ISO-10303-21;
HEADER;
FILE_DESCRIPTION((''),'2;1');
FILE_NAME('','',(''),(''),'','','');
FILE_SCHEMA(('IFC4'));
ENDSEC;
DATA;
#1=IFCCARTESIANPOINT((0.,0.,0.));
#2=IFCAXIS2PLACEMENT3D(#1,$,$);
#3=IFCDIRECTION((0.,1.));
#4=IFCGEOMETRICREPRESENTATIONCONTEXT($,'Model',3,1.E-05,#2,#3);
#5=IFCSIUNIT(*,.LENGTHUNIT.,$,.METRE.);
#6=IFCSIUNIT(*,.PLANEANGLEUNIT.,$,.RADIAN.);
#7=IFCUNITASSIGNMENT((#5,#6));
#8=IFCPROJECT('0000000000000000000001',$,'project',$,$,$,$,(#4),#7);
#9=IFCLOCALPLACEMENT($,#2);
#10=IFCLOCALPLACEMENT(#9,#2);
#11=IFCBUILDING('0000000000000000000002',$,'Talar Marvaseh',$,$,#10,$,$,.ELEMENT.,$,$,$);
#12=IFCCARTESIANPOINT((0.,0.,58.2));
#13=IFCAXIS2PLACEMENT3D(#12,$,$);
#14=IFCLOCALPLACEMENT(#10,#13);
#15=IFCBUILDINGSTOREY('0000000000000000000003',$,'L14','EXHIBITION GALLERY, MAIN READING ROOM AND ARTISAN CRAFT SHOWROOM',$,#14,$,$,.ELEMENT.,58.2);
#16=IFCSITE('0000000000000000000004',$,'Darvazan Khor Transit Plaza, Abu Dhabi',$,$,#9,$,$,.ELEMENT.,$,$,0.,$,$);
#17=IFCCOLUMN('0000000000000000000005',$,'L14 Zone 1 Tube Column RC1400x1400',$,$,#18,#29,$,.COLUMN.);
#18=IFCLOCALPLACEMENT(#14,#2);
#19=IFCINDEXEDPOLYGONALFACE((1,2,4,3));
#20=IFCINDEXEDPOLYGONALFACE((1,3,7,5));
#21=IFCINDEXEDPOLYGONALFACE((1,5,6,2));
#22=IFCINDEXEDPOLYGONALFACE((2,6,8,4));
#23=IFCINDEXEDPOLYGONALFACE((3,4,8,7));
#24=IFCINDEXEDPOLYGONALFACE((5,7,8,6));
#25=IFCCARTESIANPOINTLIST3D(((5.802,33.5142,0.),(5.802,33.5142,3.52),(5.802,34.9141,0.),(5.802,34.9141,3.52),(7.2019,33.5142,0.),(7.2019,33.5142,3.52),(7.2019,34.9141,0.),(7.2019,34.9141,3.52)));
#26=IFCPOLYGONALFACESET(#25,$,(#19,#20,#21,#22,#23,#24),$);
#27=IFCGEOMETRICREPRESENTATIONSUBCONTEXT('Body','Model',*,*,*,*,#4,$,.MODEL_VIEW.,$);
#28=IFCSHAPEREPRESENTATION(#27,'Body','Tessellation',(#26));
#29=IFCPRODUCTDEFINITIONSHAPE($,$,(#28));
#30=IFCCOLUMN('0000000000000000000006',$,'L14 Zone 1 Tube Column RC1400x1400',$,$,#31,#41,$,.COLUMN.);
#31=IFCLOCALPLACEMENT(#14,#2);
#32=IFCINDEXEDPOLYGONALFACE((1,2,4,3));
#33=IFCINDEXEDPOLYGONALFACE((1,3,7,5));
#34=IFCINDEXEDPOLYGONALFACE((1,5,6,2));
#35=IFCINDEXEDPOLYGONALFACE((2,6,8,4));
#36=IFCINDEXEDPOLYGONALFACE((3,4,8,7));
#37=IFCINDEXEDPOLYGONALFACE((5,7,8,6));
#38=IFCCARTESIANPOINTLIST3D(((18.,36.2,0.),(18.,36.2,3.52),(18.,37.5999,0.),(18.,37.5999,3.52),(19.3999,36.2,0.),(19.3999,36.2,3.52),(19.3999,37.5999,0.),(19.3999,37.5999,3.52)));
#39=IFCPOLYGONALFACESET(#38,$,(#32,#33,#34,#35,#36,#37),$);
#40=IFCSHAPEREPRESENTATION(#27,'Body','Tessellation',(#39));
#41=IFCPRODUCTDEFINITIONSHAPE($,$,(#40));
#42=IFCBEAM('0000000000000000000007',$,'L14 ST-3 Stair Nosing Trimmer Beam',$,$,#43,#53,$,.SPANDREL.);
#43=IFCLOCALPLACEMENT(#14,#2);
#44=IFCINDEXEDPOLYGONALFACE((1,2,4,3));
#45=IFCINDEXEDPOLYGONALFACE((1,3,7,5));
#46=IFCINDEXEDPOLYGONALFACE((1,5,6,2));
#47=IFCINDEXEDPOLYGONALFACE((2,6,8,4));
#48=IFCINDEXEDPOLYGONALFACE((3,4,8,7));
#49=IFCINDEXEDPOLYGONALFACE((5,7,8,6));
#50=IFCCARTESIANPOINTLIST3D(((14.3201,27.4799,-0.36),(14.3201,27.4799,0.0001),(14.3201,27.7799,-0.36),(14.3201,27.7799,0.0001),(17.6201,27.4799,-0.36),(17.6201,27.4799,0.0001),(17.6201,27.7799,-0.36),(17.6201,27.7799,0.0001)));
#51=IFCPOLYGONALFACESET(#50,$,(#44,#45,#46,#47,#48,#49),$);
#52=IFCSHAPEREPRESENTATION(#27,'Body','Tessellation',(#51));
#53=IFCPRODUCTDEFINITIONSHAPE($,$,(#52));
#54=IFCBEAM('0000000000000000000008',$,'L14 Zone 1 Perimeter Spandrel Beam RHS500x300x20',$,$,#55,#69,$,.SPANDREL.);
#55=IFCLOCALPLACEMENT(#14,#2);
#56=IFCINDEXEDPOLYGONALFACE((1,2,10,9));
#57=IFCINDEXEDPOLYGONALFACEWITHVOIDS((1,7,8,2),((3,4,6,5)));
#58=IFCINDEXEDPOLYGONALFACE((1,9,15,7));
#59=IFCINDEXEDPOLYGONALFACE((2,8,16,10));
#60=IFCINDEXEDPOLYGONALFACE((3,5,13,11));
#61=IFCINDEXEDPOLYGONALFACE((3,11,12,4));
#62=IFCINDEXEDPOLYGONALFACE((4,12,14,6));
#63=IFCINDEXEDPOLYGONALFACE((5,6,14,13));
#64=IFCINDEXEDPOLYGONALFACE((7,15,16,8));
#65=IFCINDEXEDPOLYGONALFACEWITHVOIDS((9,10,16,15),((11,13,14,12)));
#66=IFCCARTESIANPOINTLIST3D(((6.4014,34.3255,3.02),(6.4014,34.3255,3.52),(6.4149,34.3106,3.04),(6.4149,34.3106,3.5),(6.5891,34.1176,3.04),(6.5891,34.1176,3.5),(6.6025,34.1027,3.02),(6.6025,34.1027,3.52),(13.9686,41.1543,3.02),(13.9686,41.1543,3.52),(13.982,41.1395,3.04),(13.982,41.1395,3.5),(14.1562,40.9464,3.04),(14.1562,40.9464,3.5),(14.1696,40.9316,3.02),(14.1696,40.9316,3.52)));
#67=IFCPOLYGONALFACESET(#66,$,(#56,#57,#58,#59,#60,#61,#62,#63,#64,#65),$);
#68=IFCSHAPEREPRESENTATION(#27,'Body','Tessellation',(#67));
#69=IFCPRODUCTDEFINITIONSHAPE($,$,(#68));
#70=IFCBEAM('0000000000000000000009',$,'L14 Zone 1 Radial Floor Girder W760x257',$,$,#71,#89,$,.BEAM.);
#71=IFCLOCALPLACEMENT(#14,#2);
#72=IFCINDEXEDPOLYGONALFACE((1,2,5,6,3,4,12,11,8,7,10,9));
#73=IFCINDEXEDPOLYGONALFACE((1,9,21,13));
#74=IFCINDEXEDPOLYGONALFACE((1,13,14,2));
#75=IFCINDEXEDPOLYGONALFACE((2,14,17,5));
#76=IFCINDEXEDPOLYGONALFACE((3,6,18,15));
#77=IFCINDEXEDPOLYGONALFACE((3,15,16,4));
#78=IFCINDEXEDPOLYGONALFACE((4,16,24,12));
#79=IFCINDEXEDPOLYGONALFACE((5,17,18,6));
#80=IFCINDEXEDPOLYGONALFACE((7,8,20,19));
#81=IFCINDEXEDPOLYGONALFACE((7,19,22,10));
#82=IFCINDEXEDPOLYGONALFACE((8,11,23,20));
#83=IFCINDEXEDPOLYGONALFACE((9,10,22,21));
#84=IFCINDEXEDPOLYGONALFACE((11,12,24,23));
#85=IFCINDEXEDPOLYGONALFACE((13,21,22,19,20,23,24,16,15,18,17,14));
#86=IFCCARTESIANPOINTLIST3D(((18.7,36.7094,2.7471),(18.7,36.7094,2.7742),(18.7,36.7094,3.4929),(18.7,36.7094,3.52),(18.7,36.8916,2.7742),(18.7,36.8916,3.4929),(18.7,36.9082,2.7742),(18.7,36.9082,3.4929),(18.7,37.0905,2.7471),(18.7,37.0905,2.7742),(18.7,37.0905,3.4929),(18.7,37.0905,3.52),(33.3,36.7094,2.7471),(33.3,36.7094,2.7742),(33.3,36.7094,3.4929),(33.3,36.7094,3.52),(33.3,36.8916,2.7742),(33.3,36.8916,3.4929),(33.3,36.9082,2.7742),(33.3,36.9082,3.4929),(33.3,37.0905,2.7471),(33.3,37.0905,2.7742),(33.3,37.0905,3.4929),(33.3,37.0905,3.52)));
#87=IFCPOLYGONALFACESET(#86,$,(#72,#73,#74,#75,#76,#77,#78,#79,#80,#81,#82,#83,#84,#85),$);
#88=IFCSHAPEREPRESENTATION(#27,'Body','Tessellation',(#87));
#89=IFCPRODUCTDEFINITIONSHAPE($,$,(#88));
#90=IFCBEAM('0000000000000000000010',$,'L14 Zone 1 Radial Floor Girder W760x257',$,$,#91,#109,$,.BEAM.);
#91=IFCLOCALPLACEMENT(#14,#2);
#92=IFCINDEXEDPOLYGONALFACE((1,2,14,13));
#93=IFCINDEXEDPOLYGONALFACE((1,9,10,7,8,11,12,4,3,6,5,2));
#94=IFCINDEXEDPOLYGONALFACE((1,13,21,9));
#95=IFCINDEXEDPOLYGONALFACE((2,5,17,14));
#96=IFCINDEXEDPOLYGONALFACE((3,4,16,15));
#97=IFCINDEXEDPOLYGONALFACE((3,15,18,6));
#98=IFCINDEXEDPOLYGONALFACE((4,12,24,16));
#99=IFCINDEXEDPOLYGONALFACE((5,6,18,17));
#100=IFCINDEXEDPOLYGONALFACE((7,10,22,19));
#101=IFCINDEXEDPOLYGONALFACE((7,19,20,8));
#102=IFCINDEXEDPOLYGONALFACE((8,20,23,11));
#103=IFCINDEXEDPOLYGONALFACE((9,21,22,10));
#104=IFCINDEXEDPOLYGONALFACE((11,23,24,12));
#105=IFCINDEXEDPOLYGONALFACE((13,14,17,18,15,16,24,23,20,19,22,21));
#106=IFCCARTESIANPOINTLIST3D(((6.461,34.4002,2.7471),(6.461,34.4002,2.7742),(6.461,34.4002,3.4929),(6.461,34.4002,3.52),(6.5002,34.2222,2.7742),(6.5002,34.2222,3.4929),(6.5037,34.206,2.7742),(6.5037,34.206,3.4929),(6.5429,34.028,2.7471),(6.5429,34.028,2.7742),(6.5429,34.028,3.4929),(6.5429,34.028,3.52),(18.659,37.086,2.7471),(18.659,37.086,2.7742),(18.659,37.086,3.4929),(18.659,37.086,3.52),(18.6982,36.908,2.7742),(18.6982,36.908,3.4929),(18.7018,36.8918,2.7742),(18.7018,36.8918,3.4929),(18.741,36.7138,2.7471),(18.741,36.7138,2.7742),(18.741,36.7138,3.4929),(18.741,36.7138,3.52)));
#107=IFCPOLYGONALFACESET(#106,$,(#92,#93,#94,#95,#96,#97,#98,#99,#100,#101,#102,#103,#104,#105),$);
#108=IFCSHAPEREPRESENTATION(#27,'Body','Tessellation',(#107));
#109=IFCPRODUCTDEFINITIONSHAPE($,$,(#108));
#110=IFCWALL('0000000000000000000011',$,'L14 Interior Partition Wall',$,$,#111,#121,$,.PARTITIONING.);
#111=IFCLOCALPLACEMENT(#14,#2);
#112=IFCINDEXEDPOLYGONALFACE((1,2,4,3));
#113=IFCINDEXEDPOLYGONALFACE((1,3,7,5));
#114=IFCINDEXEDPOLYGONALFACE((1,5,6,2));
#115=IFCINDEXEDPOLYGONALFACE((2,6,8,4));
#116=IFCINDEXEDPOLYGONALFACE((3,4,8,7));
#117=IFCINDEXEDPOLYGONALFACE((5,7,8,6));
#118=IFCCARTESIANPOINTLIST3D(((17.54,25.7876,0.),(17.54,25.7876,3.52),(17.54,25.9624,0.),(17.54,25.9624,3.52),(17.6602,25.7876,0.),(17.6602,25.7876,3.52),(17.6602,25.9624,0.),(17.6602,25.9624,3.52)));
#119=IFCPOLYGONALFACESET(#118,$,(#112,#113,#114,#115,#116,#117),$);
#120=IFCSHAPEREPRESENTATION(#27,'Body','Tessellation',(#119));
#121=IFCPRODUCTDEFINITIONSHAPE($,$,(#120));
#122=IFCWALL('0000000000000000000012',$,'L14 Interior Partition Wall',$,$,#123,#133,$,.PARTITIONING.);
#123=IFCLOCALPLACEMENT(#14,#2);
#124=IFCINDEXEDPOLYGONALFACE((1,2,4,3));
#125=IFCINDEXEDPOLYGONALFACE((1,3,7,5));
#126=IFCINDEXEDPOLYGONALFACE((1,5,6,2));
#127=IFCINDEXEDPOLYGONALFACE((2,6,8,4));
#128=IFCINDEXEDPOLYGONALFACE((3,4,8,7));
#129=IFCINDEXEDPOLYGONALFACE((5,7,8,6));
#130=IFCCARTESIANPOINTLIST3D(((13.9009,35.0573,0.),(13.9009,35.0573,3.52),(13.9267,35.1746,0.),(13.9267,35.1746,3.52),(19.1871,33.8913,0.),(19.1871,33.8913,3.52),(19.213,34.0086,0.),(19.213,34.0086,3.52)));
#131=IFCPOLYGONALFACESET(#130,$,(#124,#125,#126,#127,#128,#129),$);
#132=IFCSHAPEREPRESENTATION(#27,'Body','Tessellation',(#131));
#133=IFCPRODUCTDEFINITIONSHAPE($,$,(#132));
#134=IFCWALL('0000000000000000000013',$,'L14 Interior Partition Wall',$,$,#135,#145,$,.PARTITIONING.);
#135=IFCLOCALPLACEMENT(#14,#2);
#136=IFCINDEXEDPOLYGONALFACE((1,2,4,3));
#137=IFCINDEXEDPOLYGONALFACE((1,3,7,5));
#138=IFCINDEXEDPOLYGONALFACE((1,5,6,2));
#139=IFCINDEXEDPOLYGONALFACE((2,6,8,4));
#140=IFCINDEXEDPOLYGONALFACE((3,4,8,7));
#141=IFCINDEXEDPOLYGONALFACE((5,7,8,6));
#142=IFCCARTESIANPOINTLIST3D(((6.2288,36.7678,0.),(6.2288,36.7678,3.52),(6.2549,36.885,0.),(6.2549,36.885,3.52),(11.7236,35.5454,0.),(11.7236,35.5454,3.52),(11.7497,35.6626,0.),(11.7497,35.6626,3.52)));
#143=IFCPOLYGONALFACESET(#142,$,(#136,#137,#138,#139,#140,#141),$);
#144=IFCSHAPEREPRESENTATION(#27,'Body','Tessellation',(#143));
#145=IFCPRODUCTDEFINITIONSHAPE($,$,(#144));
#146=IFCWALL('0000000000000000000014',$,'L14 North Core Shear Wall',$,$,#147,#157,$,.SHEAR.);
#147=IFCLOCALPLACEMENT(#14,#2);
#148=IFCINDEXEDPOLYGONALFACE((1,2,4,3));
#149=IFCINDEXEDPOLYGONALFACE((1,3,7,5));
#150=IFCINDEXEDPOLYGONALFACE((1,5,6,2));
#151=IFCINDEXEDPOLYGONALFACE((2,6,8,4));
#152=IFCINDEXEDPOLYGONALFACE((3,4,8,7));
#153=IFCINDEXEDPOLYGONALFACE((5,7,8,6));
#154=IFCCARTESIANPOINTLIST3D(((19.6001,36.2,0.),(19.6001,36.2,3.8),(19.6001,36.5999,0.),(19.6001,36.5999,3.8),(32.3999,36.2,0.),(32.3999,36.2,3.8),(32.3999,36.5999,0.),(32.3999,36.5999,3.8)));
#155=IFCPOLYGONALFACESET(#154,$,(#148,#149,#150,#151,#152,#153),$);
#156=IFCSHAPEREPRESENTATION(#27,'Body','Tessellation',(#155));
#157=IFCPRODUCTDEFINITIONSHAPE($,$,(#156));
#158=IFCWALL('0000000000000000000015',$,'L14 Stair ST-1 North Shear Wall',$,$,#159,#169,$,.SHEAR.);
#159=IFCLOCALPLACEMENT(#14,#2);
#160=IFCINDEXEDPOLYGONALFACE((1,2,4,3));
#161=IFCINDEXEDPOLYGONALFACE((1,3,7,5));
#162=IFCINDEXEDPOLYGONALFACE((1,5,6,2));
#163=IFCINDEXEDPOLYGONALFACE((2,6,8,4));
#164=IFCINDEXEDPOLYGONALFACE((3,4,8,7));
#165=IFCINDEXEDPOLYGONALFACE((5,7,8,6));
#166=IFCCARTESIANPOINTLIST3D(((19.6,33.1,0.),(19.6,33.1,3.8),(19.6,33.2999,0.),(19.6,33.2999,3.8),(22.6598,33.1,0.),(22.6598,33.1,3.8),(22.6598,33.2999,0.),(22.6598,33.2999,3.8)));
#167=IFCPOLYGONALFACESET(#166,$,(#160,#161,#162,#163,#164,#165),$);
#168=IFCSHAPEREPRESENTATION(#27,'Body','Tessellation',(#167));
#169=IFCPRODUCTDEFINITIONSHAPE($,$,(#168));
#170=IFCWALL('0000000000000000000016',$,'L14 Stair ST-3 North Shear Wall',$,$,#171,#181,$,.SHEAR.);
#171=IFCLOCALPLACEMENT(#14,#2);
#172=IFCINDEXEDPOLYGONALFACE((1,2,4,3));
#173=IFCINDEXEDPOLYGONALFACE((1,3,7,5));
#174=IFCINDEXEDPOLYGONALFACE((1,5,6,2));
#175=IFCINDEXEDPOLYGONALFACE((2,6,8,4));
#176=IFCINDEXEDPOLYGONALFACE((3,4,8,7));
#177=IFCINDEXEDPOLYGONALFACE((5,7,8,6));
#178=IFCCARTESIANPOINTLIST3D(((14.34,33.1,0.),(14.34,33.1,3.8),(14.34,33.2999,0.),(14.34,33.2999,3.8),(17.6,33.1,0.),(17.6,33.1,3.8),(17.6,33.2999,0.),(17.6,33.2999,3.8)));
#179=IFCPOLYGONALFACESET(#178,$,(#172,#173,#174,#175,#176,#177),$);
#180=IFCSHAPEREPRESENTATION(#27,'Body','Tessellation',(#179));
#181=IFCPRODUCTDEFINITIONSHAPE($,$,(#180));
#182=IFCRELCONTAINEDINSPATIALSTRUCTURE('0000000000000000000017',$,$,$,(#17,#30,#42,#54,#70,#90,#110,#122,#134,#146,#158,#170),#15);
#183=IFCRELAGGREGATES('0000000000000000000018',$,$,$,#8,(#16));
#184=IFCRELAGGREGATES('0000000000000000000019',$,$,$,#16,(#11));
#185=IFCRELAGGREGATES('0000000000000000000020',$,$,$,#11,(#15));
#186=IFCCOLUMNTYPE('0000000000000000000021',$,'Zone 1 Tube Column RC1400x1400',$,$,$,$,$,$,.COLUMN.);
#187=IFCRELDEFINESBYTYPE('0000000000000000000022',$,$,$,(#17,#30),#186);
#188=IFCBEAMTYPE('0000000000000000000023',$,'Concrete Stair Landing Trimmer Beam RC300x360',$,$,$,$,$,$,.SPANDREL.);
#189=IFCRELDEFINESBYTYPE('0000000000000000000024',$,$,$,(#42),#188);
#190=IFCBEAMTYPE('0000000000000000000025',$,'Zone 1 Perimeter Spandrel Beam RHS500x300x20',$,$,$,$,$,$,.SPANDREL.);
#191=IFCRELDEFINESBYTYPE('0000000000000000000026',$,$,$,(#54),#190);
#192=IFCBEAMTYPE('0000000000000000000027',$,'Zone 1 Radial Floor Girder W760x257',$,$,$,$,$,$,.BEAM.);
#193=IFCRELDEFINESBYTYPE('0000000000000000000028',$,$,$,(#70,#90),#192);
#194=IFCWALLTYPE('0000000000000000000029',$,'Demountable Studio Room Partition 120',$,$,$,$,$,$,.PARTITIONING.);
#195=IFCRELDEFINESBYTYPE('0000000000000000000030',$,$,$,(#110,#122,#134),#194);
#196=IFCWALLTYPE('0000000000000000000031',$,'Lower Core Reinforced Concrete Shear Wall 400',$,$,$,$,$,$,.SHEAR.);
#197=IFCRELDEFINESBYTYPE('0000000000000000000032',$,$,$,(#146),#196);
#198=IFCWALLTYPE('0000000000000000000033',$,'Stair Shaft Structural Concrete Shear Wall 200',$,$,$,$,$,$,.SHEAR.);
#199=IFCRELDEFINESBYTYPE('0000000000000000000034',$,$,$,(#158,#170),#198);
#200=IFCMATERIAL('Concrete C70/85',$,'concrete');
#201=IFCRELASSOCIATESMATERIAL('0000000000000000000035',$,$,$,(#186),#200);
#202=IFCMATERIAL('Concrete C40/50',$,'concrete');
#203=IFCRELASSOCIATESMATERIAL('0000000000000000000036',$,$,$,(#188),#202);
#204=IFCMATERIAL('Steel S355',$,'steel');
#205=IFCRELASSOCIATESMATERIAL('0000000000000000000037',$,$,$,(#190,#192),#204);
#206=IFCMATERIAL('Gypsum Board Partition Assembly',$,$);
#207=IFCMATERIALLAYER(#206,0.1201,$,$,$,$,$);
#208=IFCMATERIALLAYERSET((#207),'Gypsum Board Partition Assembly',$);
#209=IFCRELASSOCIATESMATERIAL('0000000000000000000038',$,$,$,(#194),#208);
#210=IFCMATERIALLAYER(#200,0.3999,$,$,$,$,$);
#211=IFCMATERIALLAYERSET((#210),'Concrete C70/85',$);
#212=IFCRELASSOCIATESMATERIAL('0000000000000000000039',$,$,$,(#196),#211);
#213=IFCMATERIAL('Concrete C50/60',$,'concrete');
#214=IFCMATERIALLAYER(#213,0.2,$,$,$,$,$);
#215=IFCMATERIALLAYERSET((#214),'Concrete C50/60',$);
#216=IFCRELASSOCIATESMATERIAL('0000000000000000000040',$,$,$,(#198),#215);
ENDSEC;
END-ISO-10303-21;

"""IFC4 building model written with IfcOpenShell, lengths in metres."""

from ifc_helpers import new_model, si_unit, direction, frame, frame_2d, origin, origin_2d, place, context, subcontext, project, spatial, rectangle, hollow_rectangle, i_section, extrude, material, layer, layer_set, material_profile, profile_set, type_object, element, save


model = new_model("IFC4")

# Units and contexts
model_context = context("Model", 3, precision=1e-05, world=origin(), true_north=direction((0.0, 1.0)))
body_context = subcontext(model_context, "Body", "Model", "MODEL_VIEW")
ifc_project = project(units=[si_unit("LENGTHUNIT", "METRE"), si_unit("PLANEANGLEUNIT", "RADIAN")], contexts=[model_context])

# Site, building, storey
site_placement = place(None, origin())
site = spatial("IfcSite", under=ifc_project, at=site_placement, Name="Darvazan Khor Transit Plaza, Abu Dhabi", CompositionType="ELEMENT", RefElevation=0.0)
building_placement = place(site_placement, origin())
building = spatial("IfcBuilding", under=site, at=building_placement, Name="Talar Marvaseh", CompositionType="ELEMENT")
storey_placement = place(building_placement, frame((0.0, 0.0, 58.2)))
storey = spatial("IfcBuildingStorey", under=building, at=storey_placement, Name="L14", Description="EXHIBITION GALLERY, MAIN READING ROOM AND ARTISAN CRAFT SHOWROOM", CompositionType="ELEMENT", Elevation=58.2)

# Columns
ifc_material_1 = material(Name="Concrete C70/85", Category="concrete")
ifc_material_profile_1 = material_profile(ifc_material_1, rectangle(XDim=1.3999, YDim=1.3999, at=origin_2d()), Name="RC1400x1400")
ifc_profile_set_1 = profile_set([ifc_material_profile_1], Name="Concrete C70/85")
column_type = type_object("IfcColumnType", Name="Zone 1 Tube Column RC1400x1400", PredefinedType="COLUMN", material=ifc_profile_set_1)
for number, where, z_axis, x_axis, name in (
    (1, (6.502, 34.2141, 0.0), (0.0, 0.0, 1.0), (1.0, 0.0, 0.0), "L14 Zone 1 Tube Column RC1400x1400"),
    (2, (18.7, 36.8999, 0.0), (0.0, 0.0, 1.0), (1.0, 0.0, 0.0), "L14 Zone 1 Tube Column RC1400x1400"),
):
    element("IfcColumn", number, at=place(storey_placement, frame(where, z_axis=z_axis, x_axis=x_axis)), inside=storey, type_object=column_type, Name=name, PredefinedType="COLUMN", context=body_context, shape_type="SweptSolid", body=[
        extrude(rectangle(XDim=1.3999, YDim=1.3999, at=origin_2d()), origin(), (0.0, 0.0, 1.0), 3.52),
    ])

# Beams
ifc_material_2 = material(Name="Concrete C40/50", Category="concrete")
ifc_material_profile_2 = material_profile(ifc_material_2, rectangle(XDim=0.3, YDim=0.3601, at=origin_2d()), Name="RC300x360")
ifc_profile_set_2 = profile_set([ifc_material_profile_2], Name="Concrete C40/50")
beam_type_1 = type_object("IfcBeamType", Name="Concrete Stair Landing Trimmer Beam RC300x360", PredefinedType="SPANDREL", material=ifc_profile_set_2)
beam_1_placement = place(storey_placement, frame((17.6201, 27.6299, -0.1799), z_axis=(-1.0, 0.0, 0.0), x_axis=(0.0, -1.0, 0.0)))
element("IfcBeam", 3, at=beam_1_placement, inside=storey, type_object=beam_type_1, Name="L14 ST-3 Stair Nosing Trimmer Beam", PredefinedType="SPANDREL", context=body_context, shape_type="SweptSolid", body=[
    extrude(rectangle(XDim=0.3, YDim=0.3601, at=origin_2d()), origin(), (0.0, 0.0, 1.0), 3.3),
])
ifc_material_3 = material(Name="Steel S355", Category="steel")
ifc_material_profile_3 = material_profile(ifc_material_3, hollow_rectangle(XDim=0.3, YDim=0.5, WallThickness=0.02, at=origin_2d()), Name="RHS500x300x20")
ifc_profile_set_3 = profile_set([ifc_material_profile_3], Name="Steel S355")
beam_type_2 = type_object("IfcBeamType", Name="Zone 1 Perimeter Spandrel Beam RHS500x300x20", PredefinedType="SPANDREL", material=ifc_profile_set_3)
beam_2_placement = place(storey_placement, frame((6.502, 34.2141, 3.27), z_axis=(0.742394, 0.669963, 0.0), x_axis=(-0.669963, 0.742394, 0.0)))
element("IfcBeam", 4, at=beam_2_placement, inside=storey, type_object=beam_type_2, Name="L14 Zone 1 Perimeter Spandrel Beam RHS500x300x20", PredefinedType="SPANDREL", context=body_context, shape_type="SweptSolid", body=[
    extrude(hollow_rectangle(XDim=0.3, YDim=0.5, WallThickness=0.02, at=origin_2d()), origin(), (0.0, 0.0, 1.0), 10.1929),
])
ifc_material_profile_4 = material_profile(ifc_material_3, i_section(OverallWidth=0.3811, OverallDepth=0.7729, WebThickness=0.0166, FlangeThickness=0.0271, at=origin_2d()), Name="W760x257")
ifc_profile_set_4 = profile_set([ifc_material_profile_4], Name="Steel S355")
beam_type_3 = type_object("IfcBeamType", Name="Zone 1 Radial Floor Girder W760x257", PredefinedType="BEAM", material=ifc_profile_set_4)
beam_3_placement = place(storey_placement, frame((18.7, 36.8999, 3.1335), z_axis=(1.0, 0.0, 0.0), x_axis=(0.0, 1.0, 0.0)))
element("IfcBeam", 5, at=beam_3_placement, inside=storey, type_object=beam_type_3, Name="L14 Zone 1 Radial Floor Girder W760x257", PredefinedType="BEAM", context=body_context, shape_type="SweptSolid", body=[
    extrude(i_section(OverallWidth=0.3811, OverallDepth=0.7729, WebThickness=0.0166, FlangeThickness=0.0271, at=origin_2d()), origin(), (0.0, 0.0, 1.0), 14.6001),
])
beam_4_placement = place(storey_placement, frame((6.502, 34.2141, 3.1335), z_axis=(0.976607, 0.215032, 0.0), x_axis=(-0.215032, 0.976607, 0.0)))
element("IfcBeam", 6, at=beam_4_placement, inside=storey, type_object=beam_type_3, Name="L14 Zone 1 Radial Floor Girder W760x257", PredefinedType="BEAM", context=body_context, shape_type="SweptSolid", body=[
    extrude(i_section(OverallWidth=0.3811, OverallDepth=0.7729, WebThickness=0.0166, FlangeThickness=0.0271, at=origin_2d()), origin(), (0.0, 0.0, 1.0), 12.4902),
])

# Walls
ifc_material_4 = material(Name="Gypsum Board Partition Assembly")
ifc_layer_1 = layer(ifc_material_4, 0.1201)
ifc_layer_set_1 = layer_set([ifc_layer_1], Name="Gypsum Board Partition Assembly")
wall_type_1 = type_object("IfcWallType", Name="Demountable Studio Room Partition 120", PredefinedType="PARTITIONING", material=ifc_layer_set_1)
wall_1_placement = place(storey_placement, frame((17.6001, 25.9624, 0.0), z_axis=(0.0, 0.0, 1.0), x_axis=(0.0, -1.0, 0.0)))
element("IfcWall", 7, at=wall_1_placement, inside=storey, type_object=wall_type_1, Name="L14 Interior Partition Wall", PredefinedType="PARTITIONING", context=body_context, shape_type="SweptSolid", body=[
    extrude(rectangle(XDim=0.1748, YDim=0.1201, at=frame_2d((0.0874, 0.0))), origin(), (0.0, 0.0, 1.0), 3.52),
])
wall_2_placement = place(storey_placement, frame((19.2, 33.95, 0.0), z_axis=(0.0, 0.0, 1.0), x_axis=(-0.976528, 0.215393, 0.0)))
element("IfcWall", 8, at=wall_2_placement, inside=storey, type_object=wall_type_1, Name="L14 Interior Partition Wall", PredefinedType="PARTITIONING", context=body_context, shape_type="SweptSolid", body=[
    extrude(rectangle(XDim=5.4133, YDim=0.1201, at=frame_2d((2.7065, 0.0))), origin(), (0.0, 0.0, 1.0), 3.52),
])
wall_3_placement = place(storey_placement, frame((11.7366, 35.604, 0.0), z_axis=(0.0, 0.0, 1.0), x_axis=(-0.976137, 0.217155, 0.0)))
element("IfcWall", 9, at=wall_3_placement, inside=storey, type_object=wall_type_1, Name="L14 Interior Partition Wall", PredefinedType="PARTITIONING", context=body_context, shape_type="SweptSolid", body=[
    extrude(rectangle(XDim=5.6292, YDim=0.1201, at=frame_2d((2.8145, 0.0))), origin(), (0.0, 0.0, 1.0), 3.52),
])
ifc_layer_2 = layer(ifc_material_1, 0.3999)
ifc_layer_set_2 = layer_set([ifc_layer_2], Name="Concrete C70/85")
wall_type_2 = type_object("IfcWallType", Name="Lower Core Reinforced Concrete Shear Wall 400", PredefinedType="SHEAR", material=ifc_layer_set_2)
wall_4_placement = place(storey_placement, frame((19.6001, 36.3999, 0.0), z_axis=(0.0, 0.0, 1.0), x_axis=(1.0, 0.0, 0.0)))
element("IfcWall", 10, at=wall_4_placement, inside=storey, type_object=wall_type_2, Name="L14 North Core Shear Wall", PredefinedType="SHEAR", context=body_context, shape_type="SweptSolid", body=[
    extrude(rectangle(XDim=12.7998, YDim=0.3999, at=frame_2d((6.3999, 0.0))), origin(), (0.0, 0.0, 1.0), 3.8),
])
ifc_material_5 = material(Name="Concrete C50/60", Category="concrete")
ifc_layer_3 = layer(ifc_material_5, 0.2)
ifc_layer_set_3 = layer_set([ifc_layer_3], Name="Concrete C50/60")
wall_type_3 = type_object("IfcWallType", Name="Stair Shaft Structural Concrete Shear Wall 200", PredefinedType="SHEAR", material=ifc_layer_set_3)
wall_5_placement = place(storey_placement, frame((19.6001, 33.2, 0.0), z_axis=(0.0, 0.0, 1.0), x_axis=(1.0, 0.0, 0.0)))
element("IfcWall", 11, at=wall_5_placement, inside=storey, type_object=wall_type_3, Name="L14 Stair ST-1 North Shear Wall", PredefinedType="SHEAR", context=body_context, shape_type="SweptSolid", body=[
    extrude(rectangle(XDim=3.0598, YDim=0.2, at=frame_2d((1.5298, 0.0))), origin(), (0.0, 0.0, 1.0), 3.8),
])

# Wall
wall_6_placement = place(storey_placement, frame((14.3401, 33.2, 0.0), z_axis=(0.0, 0.0, 1.0), x_axis=(1.0, 0.0, 0.0)))
element("IfcWall", 12, at=wall_6_placement, inside=storey, type_object=wall_type_3, Name="L14 Stair ST-3 North Shear Wall", PredefinedType="SHEAR", context=body_context, shape_type="SweptSolid", body=[
    extrude(rectangle(XDim=3.26, YDim=0.2, at=frame_2d((1.6299, 0.0))), origin(), (0.0, 0.0, 1.0), 3.8),
])

save(model, "model.ifc")
